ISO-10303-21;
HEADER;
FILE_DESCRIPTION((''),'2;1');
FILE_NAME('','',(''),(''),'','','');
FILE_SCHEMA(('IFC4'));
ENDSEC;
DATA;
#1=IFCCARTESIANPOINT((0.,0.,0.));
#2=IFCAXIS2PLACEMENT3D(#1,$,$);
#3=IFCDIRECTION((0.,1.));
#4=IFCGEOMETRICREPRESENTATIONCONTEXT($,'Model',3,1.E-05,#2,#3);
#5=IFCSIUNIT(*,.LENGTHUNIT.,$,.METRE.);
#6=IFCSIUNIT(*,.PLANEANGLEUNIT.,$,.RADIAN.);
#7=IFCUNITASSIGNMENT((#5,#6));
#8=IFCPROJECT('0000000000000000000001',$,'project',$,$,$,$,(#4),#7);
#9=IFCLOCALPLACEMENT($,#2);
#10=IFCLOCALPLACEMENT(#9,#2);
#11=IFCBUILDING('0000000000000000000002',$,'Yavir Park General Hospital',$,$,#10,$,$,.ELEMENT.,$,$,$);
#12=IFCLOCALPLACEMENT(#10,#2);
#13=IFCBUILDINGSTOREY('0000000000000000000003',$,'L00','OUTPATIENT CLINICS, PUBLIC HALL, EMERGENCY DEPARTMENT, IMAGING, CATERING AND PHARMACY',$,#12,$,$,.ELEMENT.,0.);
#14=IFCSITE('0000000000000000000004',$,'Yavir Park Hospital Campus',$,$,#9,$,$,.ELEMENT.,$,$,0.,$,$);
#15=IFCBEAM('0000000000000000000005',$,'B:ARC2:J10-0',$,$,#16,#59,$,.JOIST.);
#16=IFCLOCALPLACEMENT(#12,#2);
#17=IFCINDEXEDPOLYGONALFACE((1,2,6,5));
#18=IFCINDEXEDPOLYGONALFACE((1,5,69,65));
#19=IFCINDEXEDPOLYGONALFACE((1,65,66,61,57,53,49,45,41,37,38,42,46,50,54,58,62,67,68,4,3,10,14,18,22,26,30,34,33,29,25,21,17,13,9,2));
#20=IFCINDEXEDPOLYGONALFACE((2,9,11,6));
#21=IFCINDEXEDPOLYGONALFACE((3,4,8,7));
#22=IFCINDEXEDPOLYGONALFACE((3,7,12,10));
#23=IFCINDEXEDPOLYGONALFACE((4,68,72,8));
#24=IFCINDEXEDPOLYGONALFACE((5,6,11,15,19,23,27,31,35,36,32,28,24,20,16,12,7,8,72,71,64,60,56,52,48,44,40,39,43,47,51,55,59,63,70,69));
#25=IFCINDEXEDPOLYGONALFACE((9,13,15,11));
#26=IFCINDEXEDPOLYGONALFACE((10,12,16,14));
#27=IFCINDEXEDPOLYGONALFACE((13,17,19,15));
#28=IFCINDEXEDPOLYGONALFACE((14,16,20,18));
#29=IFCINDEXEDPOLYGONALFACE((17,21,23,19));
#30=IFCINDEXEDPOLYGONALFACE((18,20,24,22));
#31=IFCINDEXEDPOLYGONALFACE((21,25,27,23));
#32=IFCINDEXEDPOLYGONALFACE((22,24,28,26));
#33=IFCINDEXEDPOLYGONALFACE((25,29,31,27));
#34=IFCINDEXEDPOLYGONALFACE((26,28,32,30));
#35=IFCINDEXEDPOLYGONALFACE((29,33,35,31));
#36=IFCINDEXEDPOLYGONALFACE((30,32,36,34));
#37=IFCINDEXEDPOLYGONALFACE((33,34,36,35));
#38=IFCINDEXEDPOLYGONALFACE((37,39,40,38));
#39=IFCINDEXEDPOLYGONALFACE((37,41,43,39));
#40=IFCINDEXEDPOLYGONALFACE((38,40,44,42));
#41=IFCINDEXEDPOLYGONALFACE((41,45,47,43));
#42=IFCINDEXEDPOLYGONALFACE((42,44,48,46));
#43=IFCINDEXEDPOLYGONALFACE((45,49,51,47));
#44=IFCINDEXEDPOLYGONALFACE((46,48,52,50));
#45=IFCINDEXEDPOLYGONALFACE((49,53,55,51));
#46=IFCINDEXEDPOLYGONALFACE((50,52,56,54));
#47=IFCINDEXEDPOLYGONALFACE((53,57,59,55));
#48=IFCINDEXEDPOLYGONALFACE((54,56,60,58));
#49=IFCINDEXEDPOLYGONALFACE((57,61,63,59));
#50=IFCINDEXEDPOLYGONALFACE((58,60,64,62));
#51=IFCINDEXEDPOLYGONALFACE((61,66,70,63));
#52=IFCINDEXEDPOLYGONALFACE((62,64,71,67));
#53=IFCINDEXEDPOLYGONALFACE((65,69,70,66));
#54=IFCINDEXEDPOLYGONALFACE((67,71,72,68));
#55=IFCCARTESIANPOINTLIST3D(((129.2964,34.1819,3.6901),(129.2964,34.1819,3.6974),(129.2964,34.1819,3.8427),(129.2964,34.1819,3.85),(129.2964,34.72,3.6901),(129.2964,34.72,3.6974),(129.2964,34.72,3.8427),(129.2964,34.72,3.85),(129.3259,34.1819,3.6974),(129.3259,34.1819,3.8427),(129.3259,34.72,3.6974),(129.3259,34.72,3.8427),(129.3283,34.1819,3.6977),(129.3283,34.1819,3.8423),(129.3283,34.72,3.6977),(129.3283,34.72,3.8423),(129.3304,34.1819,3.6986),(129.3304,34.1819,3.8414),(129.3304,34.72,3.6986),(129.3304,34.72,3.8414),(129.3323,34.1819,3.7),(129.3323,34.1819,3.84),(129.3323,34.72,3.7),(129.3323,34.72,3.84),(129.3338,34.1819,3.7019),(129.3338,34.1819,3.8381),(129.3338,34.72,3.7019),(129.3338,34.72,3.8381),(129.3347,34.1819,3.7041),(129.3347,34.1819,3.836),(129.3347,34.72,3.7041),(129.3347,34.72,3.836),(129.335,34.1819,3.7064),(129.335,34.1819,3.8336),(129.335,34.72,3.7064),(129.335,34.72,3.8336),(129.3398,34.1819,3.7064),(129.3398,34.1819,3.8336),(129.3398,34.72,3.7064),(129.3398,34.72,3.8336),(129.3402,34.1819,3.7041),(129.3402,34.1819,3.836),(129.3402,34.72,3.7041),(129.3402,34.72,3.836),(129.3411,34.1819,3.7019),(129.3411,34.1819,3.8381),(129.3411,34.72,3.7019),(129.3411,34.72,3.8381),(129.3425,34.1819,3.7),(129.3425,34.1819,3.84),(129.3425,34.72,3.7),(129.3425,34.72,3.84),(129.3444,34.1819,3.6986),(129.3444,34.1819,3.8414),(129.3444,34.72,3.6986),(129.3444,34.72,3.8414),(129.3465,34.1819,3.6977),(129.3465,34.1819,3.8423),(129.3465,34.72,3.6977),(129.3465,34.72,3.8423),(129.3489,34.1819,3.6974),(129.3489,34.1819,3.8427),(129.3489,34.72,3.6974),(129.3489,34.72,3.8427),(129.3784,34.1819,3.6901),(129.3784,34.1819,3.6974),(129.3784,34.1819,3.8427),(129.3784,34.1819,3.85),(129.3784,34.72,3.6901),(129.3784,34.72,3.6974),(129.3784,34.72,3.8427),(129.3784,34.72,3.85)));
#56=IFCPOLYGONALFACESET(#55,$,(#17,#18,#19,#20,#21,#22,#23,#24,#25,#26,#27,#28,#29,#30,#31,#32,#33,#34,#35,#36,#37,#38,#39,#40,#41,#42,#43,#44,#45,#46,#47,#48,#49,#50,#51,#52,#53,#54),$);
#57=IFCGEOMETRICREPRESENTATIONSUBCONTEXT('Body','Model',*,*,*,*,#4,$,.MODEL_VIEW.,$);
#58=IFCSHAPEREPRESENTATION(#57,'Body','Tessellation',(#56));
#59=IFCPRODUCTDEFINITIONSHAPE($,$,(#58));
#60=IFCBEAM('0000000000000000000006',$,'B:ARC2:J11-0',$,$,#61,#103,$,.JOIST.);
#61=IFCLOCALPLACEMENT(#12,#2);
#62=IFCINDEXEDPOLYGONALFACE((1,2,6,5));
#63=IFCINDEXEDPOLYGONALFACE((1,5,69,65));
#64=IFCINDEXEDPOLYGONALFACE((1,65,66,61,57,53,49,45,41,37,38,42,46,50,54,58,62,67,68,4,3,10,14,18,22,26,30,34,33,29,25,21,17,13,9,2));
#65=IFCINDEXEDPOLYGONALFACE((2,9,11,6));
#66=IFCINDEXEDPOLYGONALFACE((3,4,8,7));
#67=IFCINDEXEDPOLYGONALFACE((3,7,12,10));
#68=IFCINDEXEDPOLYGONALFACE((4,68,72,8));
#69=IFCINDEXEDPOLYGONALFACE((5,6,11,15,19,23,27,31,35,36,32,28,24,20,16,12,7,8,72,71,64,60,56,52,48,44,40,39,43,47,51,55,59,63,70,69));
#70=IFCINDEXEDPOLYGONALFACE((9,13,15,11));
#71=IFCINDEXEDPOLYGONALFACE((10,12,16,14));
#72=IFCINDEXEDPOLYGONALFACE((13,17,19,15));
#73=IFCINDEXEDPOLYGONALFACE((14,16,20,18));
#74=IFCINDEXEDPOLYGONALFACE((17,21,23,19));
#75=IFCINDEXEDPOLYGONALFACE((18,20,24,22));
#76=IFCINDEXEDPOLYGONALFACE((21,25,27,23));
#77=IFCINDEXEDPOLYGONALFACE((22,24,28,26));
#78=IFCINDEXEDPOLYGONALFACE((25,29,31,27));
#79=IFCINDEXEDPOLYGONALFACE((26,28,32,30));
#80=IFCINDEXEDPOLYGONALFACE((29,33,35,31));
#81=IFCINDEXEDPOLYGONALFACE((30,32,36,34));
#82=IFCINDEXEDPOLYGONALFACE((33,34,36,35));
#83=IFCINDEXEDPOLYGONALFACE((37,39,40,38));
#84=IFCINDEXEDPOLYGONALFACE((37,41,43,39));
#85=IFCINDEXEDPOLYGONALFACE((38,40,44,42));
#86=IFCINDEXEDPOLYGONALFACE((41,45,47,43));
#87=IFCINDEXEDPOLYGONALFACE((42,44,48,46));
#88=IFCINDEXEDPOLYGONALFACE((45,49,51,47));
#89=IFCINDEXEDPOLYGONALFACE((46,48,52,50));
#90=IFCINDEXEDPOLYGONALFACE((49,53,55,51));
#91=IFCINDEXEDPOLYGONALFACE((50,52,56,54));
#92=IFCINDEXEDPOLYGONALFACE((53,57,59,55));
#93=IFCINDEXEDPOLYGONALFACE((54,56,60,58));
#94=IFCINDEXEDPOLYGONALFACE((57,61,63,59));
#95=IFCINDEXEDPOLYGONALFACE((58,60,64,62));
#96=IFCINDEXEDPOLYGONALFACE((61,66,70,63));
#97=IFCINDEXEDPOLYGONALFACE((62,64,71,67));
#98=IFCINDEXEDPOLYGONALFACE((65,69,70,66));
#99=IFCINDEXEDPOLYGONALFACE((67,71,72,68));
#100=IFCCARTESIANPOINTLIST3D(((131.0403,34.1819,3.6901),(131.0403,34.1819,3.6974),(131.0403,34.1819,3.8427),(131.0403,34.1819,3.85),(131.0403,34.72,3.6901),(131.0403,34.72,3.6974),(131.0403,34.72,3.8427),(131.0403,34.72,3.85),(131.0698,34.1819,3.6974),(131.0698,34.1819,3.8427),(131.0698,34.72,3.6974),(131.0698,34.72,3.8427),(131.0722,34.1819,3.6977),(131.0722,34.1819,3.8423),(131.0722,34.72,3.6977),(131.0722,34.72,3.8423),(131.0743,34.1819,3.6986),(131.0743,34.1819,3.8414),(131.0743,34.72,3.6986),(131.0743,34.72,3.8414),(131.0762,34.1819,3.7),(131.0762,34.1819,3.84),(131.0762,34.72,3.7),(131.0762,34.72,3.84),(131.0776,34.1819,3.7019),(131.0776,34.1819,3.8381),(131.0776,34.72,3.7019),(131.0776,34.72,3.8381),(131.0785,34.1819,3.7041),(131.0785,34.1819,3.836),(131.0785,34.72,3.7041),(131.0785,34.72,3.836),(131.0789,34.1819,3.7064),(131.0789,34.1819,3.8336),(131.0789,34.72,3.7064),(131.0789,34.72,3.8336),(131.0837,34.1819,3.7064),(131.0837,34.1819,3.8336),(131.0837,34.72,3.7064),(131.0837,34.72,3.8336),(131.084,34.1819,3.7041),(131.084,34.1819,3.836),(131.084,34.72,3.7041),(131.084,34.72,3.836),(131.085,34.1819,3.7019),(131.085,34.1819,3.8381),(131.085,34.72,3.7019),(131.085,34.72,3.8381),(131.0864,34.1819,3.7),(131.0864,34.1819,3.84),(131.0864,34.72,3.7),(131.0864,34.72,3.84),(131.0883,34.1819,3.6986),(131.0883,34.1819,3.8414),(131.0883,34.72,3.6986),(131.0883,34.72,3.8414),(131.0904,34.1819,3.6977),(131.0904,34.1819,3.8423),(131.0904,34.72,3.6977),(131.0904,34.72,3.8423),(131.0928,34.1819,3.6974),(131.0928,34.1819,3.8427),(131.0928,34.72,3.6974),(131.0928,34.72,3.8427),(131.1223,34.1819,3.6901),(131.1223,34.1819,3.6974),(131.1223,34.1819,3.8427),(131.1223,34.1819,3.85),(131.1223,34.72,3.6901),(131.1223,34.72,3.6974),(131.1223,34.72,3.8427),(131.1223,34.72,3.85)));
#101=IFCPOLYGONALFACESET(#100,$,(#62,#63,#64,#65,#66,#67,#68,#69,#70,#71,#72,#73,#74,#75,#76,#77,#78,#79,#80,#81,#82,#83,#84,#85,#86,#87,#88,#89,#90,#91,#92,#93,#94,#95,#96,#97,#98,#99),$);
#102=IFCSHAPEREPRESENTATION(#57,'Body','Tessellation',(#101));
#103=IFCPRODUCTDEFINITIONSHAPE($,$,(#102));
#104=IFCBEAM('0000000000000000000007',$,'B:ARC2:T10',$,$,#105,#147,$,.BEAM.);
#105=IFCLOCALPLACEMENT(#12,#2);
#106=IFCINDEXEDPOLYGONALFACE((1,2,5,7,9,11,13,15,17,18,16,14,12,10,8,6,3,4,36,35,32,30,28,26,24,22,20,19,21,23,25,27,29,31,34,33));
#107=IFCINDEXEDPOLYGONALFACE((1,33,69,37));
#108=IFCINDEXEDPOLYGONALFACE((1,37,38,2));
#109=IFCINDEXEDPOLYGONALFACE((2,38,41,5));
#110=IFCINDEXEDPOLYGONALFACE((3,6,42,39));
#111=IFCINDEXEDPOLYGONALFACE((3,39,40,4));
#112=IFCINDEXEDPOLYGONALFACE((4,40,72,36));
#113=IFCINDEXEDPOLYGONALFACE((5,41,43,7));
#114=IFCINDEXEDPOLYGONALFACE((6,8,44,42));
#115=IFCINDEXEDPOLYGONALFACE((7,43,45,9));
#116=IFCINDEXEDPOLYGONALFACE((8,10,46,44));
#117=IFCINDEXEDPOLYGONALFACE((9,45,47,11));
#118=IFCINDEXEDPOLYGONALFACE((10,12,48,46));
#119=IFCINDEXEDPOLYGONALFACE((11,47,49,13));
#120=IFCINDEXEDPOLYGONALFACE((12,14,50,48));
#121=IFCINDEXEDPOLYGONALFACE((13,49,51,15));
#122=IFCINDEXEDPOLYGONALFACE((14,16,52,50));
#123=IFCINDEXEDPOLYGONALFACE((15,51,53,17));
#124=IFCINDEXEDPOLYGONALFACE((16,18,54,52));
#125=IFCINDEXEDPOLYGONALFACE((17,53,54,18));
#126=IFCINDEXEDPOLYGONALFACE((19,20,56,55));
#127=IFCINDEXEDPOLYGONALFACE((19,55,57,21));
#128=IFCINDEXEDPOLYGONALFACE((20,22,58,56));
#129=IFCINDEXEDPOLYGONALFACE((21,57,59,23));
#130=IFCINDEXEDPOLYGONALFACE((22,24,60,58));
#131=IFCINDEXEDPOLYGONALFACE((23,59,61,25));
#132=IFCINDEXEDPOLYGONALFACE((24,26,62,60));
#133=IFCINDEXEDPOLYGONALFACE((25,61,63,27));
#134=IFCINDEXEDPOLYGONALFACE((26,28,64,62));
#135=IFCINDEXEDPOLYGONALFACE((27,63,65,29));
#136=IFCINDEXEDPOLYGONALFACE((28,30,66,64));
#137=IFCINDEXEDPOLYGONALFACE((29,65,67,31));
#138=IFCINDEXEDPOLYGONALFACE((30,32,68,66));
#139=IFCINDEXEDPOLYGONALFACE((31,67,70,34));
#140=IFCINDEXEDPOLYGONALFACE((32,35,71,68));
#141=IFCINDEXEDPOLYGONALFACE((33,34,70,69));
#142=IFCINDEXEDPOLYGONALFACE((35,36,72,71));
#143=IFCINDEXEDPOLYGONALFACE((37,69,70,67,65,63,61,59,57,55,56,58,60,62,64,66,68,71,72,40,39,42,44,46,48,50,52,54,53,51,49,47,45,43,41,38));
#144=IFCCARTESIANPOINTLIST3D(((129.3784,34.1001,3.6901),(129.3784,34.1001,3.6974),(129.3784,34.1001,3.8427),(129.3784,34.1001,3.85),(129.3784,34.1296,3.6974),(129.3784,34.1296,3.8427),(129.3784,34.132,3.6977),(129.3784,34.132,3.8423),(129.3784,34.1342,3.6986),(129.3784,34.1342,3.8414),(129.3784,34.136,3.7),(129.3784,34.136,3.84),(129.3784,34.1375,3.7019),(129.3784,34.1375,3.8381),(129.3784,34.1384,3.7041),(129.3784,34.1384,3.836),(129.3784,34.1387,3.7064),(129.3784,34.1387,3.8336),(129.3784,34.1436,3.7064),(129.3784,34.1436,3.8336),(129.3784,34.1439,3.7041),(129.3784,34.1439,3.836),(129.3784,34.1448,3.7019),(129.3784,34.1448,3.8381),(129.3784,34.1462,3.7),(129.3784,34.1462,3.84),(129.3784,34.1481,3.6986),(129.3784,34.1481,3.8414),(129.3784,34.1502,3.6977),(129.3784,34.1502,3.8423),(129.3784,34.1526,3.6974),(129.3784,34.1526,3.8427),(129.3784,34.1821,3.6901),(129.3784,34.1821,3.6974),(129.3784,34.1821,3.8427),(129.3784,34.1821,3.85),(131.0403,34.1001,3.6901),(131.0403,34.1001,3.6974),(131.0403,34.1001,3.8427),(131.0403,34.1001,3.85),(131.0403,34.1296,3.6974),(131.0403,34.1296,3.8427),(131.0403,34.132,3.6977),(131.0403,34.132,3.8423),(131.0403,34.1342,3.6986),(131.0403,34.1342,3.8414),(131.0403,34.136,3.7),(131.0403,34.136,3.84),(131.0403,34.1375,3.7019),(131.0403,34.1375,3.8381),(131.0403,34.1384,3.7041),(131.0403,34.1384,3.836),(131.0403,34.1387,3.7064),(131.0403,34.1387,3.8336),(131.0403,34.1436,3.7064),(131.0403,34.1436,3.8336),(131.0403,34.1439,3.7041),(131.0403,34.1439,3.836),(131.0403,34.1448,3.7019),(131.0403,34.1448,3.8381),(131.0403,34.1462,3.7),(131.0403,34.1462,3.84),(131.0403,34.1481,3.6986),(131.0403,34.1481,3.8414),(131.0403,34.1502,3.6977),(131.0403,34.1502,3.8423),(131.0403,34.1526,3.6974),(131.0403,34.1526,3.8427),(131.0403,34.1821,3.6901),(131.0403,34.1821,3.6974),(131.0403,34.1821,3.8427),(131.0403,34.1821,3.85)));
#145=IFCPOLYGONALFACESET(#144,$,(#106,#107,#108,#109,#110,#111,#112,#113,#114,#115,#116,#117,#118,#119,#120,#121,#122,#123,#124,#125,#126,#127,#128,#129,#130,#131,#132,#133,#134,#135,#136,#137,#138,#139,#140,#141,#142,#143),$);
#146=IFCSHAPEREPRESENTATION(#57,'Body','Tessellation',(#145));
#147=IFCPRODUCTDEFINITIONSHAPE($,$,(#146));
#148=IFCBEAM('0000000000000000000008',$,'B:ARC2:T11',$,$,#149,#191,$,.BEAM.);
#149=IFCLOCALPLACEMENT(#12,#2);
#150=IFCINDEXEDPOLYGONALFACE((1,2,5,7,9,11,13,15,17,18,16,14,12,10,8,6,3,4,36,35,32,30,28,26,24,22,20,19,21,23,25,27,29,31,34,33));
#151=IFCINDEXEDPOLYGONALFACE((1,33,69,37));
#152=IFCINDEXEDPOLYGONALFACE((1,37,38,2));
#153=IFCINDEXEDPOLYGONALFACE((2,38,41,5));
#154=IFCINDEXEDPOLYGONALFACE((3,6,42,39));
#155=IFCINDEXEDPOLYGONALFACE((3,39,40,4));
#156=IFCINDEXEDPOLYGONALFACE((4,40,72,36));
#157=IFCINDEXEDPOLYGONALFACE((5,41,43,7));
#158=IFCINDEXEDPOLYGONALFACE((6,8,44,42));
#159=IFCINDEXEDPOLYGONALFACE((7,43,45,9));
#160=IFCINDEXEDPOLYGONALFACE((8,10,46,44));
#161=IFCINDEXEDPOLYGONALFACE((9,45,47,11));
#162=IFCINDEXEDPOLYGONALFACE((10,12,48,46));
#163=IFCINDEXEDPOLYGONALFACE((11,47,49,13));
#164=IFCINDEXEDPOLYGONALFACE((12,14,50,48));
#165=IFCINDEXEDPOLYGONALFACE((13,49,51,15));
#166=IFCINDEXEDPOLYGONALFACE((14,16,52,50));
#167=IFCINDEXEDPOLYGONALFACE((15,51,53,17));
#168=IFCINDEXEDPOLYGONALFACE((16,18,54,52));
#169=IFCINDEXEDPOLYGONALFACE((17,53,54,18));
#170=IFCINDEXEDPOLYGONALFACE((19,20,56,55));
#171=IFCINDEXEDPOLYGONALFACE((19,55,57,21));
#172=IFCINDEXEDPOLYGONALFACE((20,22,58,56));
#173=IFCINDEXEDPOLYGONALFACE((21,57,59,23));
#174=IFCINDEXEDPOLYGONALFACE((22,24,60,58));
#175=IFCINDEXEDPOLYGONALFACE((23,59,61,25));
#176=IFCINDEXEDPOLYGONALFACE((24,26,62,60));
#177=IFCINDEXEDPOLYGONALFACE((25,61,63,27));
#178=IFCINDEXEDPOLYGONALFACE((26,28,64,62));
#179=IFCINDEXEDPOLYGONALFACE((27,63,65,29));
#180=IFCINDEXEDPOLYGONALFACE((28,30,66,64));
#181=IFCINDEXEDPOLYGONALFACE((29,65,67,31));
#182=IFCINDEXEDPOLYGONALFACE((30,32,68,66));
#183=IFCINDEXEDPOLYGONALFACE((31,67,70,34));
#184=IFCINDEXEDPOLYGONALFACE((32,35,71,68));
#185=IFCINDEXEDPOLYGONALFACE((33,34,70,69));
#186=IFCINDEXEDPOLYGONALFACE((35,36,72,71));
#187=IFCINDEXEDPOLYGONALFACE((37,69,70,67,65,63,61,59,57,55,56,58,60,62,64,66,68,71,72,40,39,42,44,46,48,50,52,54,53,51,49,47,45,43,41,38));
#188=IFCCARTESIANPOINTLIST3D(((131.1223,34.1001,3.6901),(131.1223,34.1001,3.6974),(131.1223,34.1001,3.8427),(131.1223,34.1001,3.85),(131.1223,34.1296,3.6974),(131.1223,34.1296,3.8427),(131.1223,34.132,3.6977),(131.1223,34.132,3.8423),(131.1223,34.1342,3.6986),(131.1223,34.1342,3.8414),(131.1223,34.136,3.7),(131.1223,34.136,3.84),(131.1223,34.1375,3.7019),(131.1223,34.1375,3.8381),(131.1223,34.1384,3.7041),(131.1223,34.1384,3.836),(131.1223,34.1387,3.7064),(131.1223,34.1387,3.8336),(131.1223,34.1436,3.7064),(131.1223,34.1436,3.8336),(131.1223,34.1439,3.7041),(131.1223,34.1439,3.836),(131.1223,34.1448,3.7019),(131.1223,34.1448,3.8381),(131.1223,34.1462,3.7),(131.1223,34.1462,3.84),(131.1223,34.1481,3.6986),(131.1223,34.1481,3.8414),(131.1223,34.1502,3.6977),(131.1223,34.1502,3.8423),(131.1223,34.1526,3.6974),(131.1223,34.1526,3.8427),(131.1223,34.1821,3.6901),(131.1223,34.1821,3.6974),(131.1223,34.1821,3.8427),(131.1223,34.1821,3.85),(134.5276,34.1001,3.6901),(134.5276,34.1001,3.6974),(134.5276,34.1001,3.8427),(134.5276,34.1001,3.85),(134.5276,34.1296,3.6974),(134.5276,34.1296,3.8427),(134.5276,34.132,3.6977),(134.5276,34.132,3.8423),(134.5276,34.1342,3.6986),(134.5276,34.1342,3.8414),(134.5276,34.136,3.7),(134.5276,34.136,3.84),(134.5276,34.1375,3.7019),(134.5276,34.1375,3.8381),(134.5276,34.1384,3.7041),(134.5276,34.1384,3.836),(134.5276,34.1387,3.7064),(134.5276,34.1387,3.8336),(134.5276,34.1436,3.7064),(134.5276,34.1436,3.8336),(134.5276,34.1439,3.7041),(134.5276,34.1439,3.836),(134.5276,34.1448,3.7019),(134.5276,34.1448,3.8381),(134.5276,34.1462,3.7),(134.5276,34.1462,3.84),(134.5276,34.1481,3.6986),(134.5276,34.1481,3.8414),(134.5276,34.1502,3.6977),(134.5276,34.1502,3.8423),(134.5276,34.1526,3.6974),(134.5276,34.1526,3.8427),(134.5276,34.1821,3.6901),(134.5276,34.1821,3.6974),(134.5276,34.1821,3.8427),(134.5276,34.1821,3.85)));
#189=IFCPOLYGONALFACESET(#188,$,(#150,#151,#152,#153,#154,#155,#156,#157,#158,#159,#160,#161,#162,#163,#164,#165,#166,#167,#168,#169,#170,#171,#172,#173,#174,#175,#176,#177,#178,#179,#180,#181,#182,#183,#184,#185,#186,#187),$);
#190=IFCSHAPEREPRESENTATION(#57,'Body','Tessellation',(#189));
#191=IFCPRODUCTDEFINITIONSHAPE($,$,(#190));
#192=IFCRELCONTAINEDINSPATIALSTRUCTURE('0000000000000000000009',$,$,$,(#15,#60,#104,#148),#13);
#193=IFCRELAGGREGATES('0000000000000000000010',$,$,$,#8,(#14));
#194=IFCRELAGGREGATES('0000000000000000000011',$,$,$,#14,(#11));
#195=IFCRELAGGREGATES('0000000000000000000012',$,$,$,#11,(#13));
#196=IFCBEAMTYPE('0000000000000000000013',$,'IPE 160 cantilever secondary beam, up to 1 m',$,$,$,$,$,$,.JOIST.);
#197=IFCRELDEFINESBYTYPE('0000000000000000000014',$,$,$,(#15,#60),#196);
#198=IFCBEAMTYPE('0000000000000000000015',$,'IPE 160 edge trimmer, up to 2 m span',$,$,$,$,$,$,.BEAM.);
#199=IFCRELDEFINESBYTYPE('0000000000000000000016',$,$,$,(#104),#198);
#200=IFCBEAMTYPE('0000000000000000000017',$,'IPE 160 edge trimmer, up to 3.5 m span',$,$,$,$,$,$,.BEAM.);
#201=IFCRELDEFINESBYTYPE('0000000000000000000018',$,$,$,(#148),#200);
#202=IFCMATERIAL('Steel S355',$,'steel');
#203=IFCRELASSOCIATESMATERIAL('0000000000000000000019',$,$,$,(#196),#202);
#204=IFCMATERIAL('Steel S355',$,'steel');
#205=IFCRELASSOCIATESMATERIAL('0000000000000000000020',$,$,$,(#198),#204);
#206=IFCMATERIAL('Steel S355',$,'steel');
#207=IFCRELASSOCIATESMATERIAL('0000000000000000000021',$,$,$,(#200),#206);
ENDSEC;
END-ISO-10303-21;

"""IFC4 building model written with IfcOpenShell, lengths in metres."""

from ifc_helpers import new_model, si_unit, direction, frame, origin, origin_2d, place, context, subcontext, project, spatial, i_section, extrude, material, material_profile, profile_set, type_object, element, save


model = new_model("IFC4")

# Units and contexts
model_context = context("Model", 3, precision=1e-05, world=origin(), true_north=direction((0.0, 1.0)))
body_context = subcontext(model_context, "Body", "Model", "MODEL_VIEW")
ifc_project = project(units=[si_unit("LENGTHUNIT", "METRE"), si_unit("PLANEANGLEUNIT", "RADIAN")], contexts=[model_context])

# Site, building, storey
site_placement = place(None, origin())
site = spatial("IfcSite", under=ifc_project, at=site_placement, Name="Yavir Park Hospital Campus", CompositionType="ELEMENT", RefElevation=0.0)
building_placement = place(site_placement, origin())
building = spatial("IfcBuilding", under=site, at=building_placement, Name="Yavir Park General Hospital", CompositionType="ELEMENT")
storey_placement = place(building_placement, origin())
storey = spatial("IfcBuildingStorey", under=building, at=storey_placement, Name="L00", Description="OUTPATIENT CLINICS, PUBLIC HALL, EMERGENCY DEPARTMENT, IMAGING, CATERING AND PHARMACY", CompositionType="ELEMENT", Elevation=0.0)

# Beams
ifc_material_1 = material(Name="Steel S355", Category="steel")
ifc_material_profile_1 = material_profile(ifc_material_1, i_section(OverallWidth=0.082, OverallDepth=0.1599, WebThickness=0.0049, FlangeThickness=0.0073, FilletRadius=0.009, at=origin_2d()), Name="IPE160")
ifc_profile_set_1 = profile_set([ifc_material_profile_1], Name="Steel S355")
beam_type_1 = type_object("IfcBeamType", Name="IPE 160 cantilever secondary beam, up to 1 m", PredefinedType="JOIST", material=ifc_profile_set_1)
for number, where, z_axis, x_axis, name in (
    (1, (129.3374, 34.1819, 3.77), (0.0, 1.0, 0.0), (-1.0, 0.0, 0.0), "B:ARC2:J10-0"),
    (2, (131.0813, 34.1819, 3.77), (0.0, 1.0, 0.0), (-1.0, 0.0, 0.0), "B:ARC2:J11-0"),
):
    element("IfcBeam", number, at=place(storey_placement, frame(where, z_axis=z_axis, x_axis=x_axis)), inside=storey, type_object=beam_type_1, Name=name, PredefinedType="JOIST", context=body_context, shape_type="SweptSolid", body=[
        extrude(i_section(OverallWidth=0.082, OverallDepth=0.1599, WebThickness=0.0049, FlangeThickness=0.0073, FilletRadius=0.009, at=origin_2d()), origin(), (0.0, 0.0, 1.0), 0.5381),
    ])
ifc_material_2 = material(Name="Steel S355", Category="steel")
ifc_material_profile_2 = material_profile(ifc_material_2, i_section(OverallWidth=0.082, OverallDepth=0.1599, WebThickness=0.0049, FlangeThickness=0.0073, FilletRadius=0.009, at=origin_2d()), Name="IPE160")
ifc_profile_set_2 = profile_set([ifc_material_profile_2], Name="Steel S355")
beam_type_2 = type_object("IfcBeamType", Name="IPE 160 edge trimmer, up to 2 m span", PredefinedType="BEAM", material=ifc_profile_set_2)
beam_1_placement = place(storey_placement, frame((129.3784, 34.1411, 3.77), z_axis=(1.0, 0.0, 0.0), x_axis=(0.0, 1.0, 0.0)))
element("IfcBeam", 3, at=beam_1_placement, inside=storey, type_object=beam_type_2, Name="B:ARC2:T10", PredefinedType="BEAM", context=body_context, shape_type="SweptSolid", body=[
    extrude(i_section(OverallWidth=0.082, OverallDepth=0.1599, WebThickness=0.0049, FlangeThickness=0.0073, FilletRadius=0.009, at=origin_2d()), origin(), (0.0, 0.0, 1.0), 1.6619),
])
ifc_material_3 = material(Name="Steel S355", Category="steel")
ifc_material_profile_3 = material_profile(ifc_material_3, i_section(OverallWidth=0.082, OverallDepth=0.1599, WebThickness=0.0049, FlangeThickness=0.0073, FilletRadius=0.009, at=origin_2d()), Name="IPE160")
ifc_profile_set_3 = profile_set([ifc_material_profile_3], Name="Steel S355")
beam_type_3 = type_object("IfcBeamType", Name="IPE 160 edge trimmer, up to 3.5 m span", PredefinedType="BEAM", material=ifc_profile_set_3)
beam_2_placement = place(storey_placement, frame((131.1223, 34.1411, 3.77), z_axis=(1.0, 0.0, 0.0), x_axis=(0.0, 1.0, 0.0)))
element("IfcBeam", 4, at=beam_2_placement, inside=storey, type_object=beam_type_3, Name="B:ARC2:T11", PredefinedType="BEAM", context=body_context, shape_type="SweptSolid", body=[
    extrude(i_section(OverallWidth=0.082, OverallDepth=0.1599, WebThickness=0.0049, FlangeThickness=0.0073, FilletRadius=0.009, at=origin_2d()), origin(), (0.0, 0.0, 1.0), 3.4053),
])

save(model, "model.ifc")
